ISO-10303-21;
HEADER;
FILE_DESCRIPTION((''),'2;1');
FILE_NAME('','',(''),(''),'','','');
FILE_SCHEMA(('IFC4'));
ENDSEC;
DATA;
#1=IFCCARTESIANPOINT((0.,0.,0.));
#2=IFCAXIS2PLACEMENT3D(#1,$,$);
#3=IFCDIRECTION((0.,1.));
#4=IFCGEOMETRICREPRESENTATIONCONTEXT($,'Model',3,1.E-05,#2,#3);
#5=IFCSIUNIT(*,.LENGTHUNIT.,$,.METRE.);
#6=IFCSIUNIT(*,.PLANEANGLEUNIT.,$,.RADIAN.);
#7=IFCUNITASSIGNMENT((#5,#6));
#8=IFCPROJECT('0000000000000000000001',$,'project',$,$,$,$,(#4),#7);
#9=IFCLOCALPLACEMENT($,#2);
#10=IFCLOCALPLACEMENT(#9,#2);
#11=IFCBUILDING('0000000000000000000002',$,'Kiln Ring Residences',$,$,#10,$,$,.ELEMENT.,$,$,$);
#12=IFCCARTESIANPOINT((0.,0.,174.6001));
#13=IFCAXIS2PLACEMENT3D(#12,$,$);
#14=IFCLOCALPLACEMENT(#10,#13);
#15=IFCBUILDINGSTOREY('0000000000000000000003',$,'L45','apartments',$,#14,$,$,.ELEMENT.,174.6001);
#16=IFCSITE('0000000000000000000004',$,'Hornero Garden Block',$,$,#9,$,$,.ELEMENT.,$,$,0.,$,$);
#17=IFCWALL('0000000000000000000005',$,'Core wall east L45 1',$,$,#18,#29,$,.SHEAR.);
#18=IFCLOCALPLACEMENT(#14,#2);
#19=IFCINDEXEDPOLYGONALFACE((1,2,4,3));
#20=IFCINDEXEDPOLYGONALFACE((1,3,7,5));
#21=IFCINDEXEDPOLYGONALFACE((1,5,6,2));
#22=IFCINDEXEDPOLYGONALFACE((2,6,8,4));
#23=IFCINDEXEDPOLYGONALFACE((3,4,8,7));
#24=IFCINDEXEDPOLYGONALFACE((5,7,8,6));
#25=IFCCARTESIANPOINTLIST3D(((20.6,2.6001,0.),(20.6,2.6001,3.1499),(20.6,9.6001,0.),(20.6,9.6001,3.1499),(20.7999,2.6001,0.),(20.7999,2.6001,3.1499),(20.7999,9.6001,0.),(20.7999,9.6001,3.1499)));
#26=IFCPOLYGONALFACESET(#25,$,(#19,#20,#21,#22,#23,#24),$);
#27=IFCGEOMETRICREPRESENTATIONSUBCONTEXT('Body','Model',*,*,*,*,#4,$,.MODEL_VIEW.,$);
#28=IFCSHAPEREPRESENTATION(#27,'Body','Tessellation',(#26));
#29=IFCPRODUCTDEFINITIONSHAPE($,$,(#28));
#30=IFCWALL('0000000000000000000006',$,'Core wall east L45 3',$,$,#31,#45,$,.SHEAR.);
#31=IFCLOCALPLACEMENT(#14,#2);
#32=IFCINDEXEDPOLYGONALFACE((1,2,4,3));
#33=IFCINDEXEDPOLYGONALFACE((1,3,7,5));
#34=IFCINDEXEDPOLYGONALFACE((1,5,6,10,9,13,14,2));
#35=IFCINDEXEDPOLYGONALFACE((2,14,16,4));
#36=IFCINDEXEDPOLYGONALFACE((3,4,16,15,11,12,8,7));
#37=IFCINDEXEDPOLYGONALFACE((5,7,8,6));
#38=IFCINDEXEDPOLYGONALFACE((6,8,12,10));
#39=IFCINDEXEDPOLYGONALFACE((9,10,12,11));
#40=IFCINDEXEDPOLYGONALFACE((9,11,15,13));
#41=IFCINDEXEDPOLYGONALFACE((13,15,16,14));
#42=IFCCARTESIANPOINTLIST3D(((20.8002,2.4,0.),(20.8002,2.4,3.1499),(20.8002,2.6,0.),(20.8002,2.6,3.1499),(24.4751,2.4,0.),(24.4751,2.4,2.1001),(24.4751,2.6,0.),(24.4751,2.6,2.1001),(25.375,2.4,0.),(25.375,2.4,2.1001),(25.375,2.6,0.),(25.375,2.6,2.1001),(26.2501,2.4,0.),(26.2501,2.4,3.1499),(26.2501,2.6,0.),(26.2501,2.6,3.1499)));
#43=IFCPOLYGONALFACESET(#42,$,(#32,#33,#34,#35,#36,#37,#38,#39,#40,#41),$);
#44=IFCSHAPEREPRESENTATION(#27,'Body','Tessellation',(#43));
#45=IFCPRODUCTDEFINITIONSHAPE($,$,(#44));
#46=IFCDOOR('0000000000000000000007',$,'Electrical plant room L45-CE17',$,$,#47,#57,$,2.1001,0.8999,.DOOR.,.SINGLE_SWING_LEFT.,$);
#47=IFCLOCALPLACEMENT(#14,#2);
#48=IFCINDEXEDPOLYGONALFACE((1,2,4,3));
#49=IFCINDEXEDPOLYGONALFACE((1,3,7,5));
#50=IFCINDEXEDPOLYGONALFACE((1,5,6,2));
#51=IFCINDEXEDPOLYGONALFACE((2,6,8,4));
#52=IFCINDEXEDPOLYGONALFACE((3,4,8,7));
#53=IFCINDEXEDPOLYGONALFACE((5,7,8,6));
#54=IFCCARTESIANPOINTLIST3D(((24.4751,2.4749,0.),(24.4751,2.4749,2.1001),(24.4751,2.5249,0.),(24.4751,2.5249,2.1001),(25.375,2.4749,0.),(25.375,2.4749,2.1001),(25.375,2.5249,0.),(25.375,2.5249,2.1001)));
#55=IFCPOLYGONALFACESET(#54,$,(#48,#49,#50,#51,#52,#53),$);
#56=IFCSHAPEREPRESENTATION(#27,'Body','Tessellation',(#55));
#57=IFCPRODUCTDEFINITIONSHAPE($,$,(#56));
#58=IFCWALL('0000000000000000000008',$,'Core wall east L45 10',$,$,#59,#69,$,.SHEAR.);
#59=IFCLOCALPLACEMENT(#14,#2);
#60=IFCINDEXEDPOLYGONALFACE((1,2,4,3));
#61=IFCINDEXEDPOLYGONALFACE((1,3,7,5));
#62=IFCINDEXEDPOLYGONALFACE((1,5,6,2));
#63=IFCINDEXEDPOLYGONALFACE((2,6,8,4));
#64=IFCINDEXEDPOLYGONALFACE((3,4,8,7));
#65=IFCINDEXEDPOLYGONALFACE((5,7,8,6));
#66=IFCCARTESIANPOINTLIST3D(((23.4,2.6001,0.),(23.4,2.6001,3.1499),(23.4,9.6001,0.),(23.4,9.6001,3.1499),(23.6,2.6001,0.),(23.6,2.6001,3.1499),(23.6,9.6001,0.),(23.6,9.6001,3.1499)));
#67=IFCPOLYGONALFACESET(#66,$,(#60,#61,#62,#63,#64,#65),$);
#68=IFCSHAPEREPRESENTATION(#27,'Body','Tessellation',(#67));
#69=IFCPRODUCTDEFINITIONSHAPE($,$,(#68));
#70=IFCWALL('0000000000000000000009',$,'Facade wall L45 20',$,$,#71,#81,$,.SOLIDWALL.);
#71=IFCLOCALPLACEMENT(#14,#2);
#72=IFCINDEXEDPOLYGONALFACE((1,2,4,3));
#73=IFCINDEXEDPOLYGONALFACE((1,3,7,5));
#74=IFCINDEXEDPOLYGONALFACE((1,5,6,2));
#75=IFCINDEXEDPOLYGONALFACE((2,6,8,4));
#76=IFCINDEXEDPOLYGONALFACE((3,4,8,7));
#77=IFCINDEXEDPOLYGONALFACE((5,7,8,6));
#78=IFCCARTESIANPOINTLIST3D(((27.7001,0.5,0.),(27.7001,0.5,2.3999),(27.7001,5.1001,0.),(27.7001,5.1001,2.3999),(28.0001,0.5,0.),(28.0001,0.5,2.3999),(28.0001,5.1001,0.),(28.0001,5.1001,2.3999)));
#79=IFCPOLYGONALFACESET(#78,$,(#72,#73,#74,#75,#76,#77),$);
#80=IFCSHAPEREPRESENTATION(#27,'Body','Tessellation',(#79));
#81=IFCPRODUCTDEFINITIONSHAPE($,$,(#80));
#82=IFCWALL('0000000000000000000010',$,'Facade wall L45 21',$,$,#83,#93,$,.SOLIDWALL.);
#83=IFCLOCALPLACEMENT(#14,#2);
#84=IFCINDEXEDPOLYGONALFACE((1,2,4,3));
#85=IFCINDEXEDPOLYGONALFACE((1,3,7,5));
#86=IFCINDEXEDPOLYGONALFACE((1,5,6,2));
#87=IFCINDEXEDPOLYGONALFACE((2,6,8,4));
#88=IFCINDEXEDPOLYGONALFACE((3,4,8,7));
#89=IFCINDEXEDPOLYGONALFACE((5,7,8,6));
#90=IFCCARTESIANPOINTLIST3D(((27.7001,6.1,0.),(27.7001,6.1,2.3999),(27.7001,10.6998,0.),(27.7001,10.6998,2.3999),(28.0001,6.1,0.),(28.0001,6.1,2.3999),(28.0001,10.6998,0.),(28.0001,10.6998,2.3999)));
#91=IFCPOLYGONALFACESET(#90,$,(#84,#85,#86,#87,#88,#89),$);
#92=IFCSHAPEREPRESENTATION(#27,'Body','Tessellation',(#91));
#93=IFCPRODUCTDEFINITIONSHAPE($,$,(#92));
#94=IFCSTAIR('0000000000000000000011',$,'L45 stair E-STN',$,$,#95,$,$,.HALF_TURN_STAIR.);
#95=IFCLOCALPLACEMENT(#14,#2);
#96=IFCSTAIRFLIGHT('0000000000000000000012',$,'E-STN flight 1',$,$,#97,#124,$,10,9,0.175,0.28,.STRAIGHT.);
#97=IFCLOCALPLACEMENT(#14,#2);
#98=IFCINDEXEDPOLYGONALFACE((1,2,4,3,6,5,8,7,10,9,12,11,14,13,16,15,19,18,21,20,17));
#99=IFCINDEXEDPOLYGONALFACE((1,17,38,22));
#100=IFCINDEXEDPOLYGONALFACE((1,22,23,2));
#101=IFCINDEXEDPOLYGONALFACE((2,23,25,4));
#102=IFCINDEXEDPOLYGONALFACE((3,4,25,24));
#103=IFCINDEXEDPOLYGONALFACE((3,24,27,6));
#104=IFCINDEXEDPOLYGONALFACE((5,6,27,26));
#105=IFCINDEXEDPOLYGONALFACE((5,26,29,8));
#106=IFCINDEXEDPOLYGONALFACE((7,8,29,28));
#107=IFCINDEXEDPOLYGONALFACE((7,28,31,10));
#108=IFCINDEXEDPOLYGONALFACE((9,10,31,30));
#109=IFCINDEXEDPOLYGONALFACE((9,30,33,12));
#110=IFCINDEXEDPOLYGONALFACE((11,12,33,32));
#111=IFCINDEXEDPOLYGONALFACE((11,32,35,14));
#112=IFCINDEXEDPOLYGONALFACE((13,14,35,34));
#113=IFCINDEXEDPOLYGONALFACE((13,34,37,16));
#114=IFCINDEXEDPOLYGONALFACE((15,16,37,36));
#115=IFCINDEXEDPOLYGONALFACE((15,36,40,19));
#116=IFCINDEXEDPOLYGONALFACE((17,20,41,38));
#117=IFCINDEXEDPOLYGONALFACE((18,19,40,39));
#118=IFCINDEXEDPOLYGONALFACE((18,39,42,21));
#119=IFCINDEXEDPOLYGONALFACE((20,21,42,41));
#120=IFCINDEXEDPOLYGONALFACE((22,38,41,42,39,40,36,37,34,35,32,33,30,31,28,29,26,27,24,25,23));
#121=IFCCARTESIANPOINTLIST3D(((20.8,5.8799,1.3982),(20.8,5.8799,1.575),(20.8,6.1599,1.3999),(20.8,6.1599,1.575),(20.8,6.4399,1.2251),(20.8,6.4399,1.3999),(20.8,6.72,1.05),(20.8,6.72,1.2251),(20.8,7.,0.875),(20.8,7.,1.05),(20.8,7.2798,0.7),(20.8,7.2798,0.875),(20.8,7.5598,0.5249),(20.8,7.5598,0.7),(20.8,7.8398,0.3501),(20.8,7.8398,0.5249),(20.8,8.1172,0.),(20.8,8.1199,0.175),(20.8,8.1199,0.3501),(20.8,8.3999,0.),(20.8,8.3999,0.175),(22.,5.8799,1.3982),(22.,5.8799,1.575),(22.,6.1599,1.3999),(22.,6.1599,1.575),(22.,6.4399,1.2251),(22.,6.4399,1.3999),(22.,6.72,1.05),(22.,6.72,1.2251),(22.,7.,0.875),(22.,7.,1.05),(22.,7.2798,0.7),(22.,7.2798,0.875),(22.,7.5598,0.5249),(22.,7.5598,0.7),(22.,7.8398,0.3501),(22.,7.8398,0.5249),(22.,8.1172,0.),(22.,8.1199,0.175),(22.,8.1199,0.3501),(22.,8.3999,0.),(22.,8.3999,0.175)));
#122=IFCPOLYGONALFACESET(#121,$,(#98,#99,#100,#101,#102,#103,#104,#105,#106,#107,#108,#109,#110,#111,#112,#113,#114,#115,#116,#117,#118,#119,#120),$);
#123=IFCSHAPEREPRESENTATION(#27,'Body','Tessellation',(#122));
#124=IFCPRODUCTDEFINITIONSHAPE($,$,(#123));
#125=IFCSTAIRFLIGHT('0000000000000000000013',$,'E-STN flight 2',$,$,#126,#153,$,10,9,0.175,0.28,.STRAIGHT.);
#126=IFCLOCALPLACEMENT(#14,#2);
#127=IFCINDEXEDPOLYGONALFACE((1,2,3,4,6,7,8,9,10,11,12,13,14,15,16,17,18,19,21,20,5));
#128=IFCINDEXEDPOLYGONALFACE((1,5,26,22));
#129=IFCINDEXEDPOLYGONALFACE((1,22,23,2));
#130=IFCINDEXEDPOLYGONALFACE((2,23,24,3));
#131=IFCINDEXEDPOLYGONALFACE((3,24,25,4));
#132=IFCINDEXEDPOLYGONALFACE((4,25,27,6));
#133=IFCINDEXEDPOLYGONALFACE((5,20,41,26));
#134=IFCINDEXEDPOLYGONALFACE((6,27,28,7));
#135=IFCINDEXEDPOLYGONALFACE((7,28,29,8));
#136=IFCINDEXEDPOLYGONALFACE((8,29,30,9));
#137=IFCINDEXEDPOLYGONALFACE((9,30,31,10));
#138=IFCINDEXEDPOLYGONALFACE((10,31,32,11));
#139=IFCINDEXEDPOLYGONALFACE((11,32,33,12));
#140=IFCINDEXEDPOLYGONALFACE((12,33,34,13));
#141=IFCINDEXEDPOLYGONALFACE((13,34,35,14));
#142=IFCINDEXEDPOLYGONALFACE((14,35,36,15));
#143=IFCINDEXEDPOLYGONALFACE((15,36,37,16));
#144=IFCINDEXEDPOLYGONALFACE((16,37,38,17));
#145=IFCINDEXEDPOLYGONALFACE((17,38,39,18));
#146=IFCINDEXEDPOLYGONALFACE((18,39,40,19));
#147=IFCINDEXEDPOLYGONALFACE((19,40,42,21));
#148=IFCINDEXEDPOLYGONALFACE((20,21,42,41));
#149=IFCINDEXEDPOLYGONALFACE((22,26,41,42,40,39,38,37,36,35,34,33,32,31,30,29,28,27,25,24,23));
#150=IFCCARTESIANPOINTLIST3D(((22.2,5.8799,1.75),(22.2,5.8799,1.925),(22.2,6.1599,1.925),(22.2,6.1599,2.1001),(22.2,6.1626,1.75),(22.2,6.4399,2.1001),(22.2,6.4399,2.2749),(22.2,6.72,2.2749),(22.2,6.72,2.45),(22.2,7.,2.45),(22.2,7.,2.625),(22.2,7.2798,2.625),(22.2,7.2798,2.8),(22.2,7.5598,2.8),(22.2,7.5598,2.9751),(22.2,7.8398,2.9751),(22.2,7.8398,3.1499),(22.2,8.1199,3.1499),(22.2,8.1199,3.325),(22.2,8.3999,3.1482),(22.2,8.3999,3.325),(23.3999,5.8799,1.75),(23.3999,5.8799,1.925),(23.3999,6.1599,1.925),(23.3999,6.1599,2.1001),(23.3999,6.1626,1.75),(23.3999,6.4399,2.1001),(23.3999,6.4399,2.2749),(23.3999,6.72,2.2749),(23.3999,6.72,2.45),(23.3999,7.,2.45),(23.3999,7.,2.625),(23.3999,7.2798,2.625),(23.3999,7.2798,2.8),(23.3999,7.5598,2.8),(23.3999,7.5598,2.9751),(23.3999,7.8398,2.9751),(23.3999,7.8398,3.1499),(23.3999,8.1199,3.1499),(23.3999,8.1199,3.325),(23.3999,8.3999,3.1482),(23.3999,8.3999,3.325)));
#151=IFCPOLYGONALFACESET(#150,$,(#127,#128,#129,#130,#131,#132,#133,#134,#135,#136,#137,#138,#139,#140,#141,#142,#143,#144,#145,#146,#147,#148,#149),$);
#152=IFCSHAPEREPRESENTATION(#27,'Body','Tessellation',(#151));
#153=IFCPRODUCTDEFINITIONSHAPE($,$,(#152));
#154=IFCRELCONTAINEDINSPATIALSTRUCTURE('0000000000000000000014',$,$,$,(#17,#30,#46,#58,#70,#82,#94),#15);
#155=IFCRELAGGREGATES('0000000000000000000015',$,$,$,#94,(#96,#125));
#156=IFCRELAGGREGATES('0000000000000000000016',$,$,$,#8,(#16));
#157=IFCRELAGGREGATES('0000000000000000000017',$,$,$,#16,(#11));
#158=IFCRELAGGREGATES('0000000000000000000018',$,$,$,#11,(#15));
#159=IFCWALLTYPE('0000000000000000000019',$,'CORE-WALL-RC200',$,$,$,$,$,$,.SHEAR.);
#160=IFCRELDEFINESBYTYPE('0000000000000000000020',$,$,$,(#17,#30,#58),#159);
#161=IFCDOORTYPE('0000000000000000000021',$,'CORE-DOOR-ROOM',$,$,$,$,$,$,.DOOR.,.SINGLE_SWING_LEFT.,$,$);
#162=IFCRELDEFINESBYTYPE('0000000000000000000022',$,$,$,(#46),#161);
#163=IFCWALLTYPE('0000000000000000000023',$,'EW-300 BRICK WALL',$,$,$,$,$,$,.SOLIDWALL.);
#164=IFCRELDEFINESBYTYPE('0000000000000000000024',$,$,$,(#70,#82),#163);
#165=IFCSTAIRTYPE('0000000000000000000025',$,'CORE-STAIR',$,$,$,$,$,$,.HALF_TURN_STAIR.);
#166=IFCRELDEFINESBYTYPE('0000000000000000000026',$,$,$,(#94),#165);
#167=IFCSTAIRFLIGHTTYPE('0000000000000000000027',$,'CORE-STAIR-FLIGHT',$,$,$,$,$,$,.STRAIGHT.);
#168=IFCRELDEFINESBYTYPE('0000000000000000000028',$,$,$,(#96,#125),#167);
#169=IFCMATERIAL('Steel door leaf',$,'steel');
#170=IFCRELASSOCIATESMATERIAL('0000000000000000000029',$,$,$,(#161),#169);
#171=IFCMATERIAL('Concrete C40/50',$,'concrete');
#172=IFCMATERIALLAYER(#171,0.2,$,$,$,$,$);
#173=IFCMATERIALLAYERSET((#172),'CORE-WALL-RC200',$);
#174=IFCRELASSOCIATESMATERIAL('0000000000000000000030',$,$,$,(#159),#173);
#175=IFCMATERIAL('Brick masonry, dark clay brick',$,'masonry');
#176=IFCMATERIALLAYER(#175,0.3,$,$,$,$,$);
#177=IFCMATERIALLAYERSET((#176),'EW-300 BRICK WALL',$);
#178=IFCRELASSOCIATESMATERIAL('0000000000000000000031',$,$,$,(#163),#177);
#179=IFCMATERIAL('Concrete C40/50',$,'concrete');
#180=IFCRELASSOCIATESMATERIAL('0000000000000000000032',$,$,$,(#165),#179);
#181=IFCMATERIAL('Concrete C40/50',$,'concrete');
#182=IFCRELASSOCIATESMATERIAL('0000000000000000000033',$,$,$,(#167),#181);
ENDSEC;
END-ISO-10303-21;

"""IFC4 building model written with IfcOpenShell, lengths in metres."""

from ifc_helpers import new_model, si_unit, direction, frame, frame_2d, origin, place, context, subcontext, project, spatial, polyline, rectangle, outline, extrude, material, layer, layer_set, type_object, element, fill, aggregate, save


model = new_model("IFC4")

# Units and contexts
model_context = context("Model", 3, precision=1e-05, world=origin(), true_north=direction((0.0, 1.0)))
body_context = subcontext(model_context, "Body", "Model", "MODEL_VIEW")
ifc_project = project(units=[si_unit("LENGTHUNIT", "METRE"), si_unit("PLANEANGLEUNIT", "RADIAN")], contexts=[model_context])

# Site, building, storey
site_placement = place(None, origin())
site = spatial("IfcSite", under=ifc_project, at=site_placement, Name="Hornero Garden Block", CompositionType="ELEMENT", RefElevation=0.0)
building_placement = place(site_placement, origin())
building = spatial("IfcBuilding", under=site, at=building_placement, Name="Kiln Ring Residences", CompositionType="ELEMENT")
storey_placement = place(building_placement, frame((0.0, 0.0, 174.6001)))
storey = spatial("IfcBuildingStorey", under=building, at=storey_placement, Name="L45", Description="apartments", CompositionType="ELEMENT", Elevation=174.6001)

# Shared definitions
ifc_material_1 = material(Name="Steel door leaf", Category="steel")
door_type = type_object("IfcDoorType", Name="CORE-DOOR-ROOM", OperationType="SINGLE_SWING_LEFT", PredefinedType="DOOR", material=ifc_material_1)

# Wall
ifc_material_2 = material(Name="Concrete C40/50", Category="concrete")
ifc_layer_1 = layer(ifc_material_2, 0.2)
ifc_layer_set_1 = layer_set([ifc_layer_1], Name="CORE-WALL-RC200")
wall_type_1 = type_object("IfcWallType", Name="CORE-WALL-RC200", PredefinedType="SHEAR", material=ifc_layer_set_1)
wall_1_placement = place(storey_placement, frame((20.7, 2.6001, 0.0), z_axis=(0.0, 0.0, 1.0), x_axis=(0.0, 1.0, 0.0)))
element("IfcWall", 1, at=wall_1_placement, inside=storey, type_object=wall_type_1, Name="Core wall east L45 1", PredefinedType="SHEAR", context=body_context, shape_type="SweptSolid", body=[
    extrude(rectangle(XDim=7.0, YDim=0.2, at=frame_2d((3.5, 0.0))), origin(), (0.0, 0.0, 1.0), 3.1499),
])

# Wall, opening, door
wall_2_placement = place(storey_placement, frame((20.8, 2.5, 0.0), z_axis=(0.0, 0.0, 1.0), x_axis=(1.0, 0.0, 0.0)))
wall_2 = element("IfcWall", 2, at=wall_2_placement, inside=storey, type_object=wall_type_1, Name="Core wall east L45 3", PredefinedType="SHEAR", context=body_context, shape_type="SweptSolid", body=[
    extrude(rectangle(XDim=5.45, YDim=0.2, at=frame_2d((2.7251, 0.0))), origin(), (0.0, 0.0, 1.0), 3.1499),
])
opening_1_placement = place(wall_2_placement, frame((3.675, 0.0, 0.0)))
opening_1 = element("IfcOpeningElement", 3, at=opening_1_placement, cuts=wall_2, PredefinedType="OPENING", context=body_context, shape_type="SweptSolid", body=[
    extrude(rectangle(XDim=0.8999, YDim=2.1001, at=frame_2d((0.45, 1.05))), frame((0.0, 0.1099, 0.0), z_axis=(0.0, -1.0, 0.0), x_axis=(1.0, 0.0, 0.0)), (0.0, 0.0, 1.0), 0.22),
])
door_1_placement = place(opening_1_placement, origin())
door_1 = element("IfcDoor", 4, at=door_1_placement, inside=storey, type_object=door_type, Name="Electrical plant room L45-CE17", OperationType="SINGLE_SWING_LEFT", OverallHeight=2.1001, OverallWidth=0.8999, PredefinedType="DOOR", context=body_context, shape_type="SweptSolid", body=[
    extrude(rectangle(XDim=0.8999, YDim=2.1001, at=frame_2d((0.45, 1.05))), frame((0.0, 0.0249, 0.0), z_axis=(0.0, -1.0, 0.0), x_axis=(1.0, 0.0, 0.0)), (0.0, 0.0, 1.0), 0.05),
])
fill(opening_1, door_1)

# Walls
wall_3_placement = place(storey_placement, frame((23.5, 2.6001, 0.0), z_axis=(0.0, 0.0, 1.0), x_axis=(0.0, 1.0, 0.0)))
element("IfcWall", 5, at=wall_3_placement, inside=storey, type_object=wall_type_1, Name="Core wall east L45 10", PredefinedType="SHEAR", context=body_context, shape_type="SweptSolid", body=[
    extrude(rectangle(XDim=7.0, YDim=0.2, at=frame_2d((3.5, 0.0))), origin(), (0.0, 0.0, 1.0), 3.1499),
])
ifc_material_3 = material(Name="Brick masonry, dark clay brick", Category="masonry")
ifc_layer_2 = layer(ifc_material_3, 0.3)
ifc_layer_set_2 = layer_set([ifc_layer_2], Name="EW-300 BRICK WALL")
wall_type_2 = type_object("IfcWallType", Name="EW-300 BRICK WALL", PredefinedType="SOLIDWALL", material=ifc_layer_set_2)
wall_4_placement = place(storey_placement, frame((27.8501, 0.5, 0.0), z_axis=(0.0, 0.0, 1.0), x_axis=(0.0, 1.0, 0.0)))
element("IfcWall", 6, at=wall_4_placement, inside=storey, type_object=wall_type_2, Name="Facade wall L45 20", PredefinedType="SOLIDWALL", context=body_context, shape_type="SweptSolid", body=[
    extrude(rectangle(XDim=4.6001, YDim=0.3, at=frame_2d((2.3, 0.0))), origin(), (0.0, 0.0, 1.0), 2.3999),
])
wall_5_placement = place(storey_placement, frame((27.8501, 6.1001, 0.0), z_axis=(0.0, 0.0, 1.0), x_axis=(0.0, 1.0, 0.0)))
element("IfcWall", 7, at=wall_5_placement, inside=storey, type_object=wall_type_2, Name="Facade wall L45 21", PredefinedType="SOLIDWALL", context=body_context, shape_type="SweptSolid", body=[
    extrude(rectangle(XDim=4.5999, YDim=0.3, at=frame_2d((2.2998, 0.0))), origin(), (0.0, 0.0, 1.0), 2.3999),
])

# Stair, stair flights
ifc_material_4 = material(Name="Concrete C40/50", Category="concrete")
stair_type = type_object("IfcStairType", Name="CORE-STAIR", PredefinedType="HALF_TURN_STAIR", material=ifc_material_4)
stair_placement = place(storey_placement, origin())
stair = element("IfcStair", 8, at=stair_placement, inside=storey, type_object=stair_type, Name="L45 stair E-STN", PredefinedType="HALF_TURN_STAIR")
ifc_material_5 = material(Name="Concrete C40/50", Category="concrete")
stair_flight_type = type_object("IfcStairFlightType", Name="CORE-STAIR-FLIGHT", PredefinedType="STRAIGHT", material=ifc_material_5)
stair_flight_1_placement = place(storey_placement, frame((21.3999, 8.3999, 0.0), z_axis=(0.0, 0.0, 1.0), x_axis=(0.0, -1.0, 0.0)))
stair_flight_1 = element("IfcStairFlight", 9, at=stair_flight_1_placement, type_object=stair_flight_type, Name="E-STN flight 1", NumberOfRisers=10, NumberOfTreads=9, PredefinedType="STRAIGHT", RiserHeight=0.175, TreadLength=0.28, context=body_context, shape_type="SweptSolid", body=[
    extrude(outline(polyline([(0.0, 0.0), (0.0, 0.175), (0.28, 0.175), (0.28, 0.3501), (0.5601, 0.3501), (0.5601, 0.5249), (0.8401, 0.5249), (0.8401, 0.7), (1.1201, 0.7), (1.1201, 0.875), (1.3999, 0.875), (1.3999, 1.05), (1.6799, 1.05), (1.6799, 1.2251), (1.96, 1.2251), (1.96, 1.3999), (2.24, 1.3999), (2.24, 1.575), (2.52, 1.575), (2.52, 1.75), (2.52, 1.3982), (0.2827, 0.0), (0.0, 0.0)])), frame((0.0, 0.6001, 0.0), z_axis=(0.0, -1.0, 0.0), x_axis=(1.0, 0.0, 0.0)), (0.0, 0.0, 1.0), 1.2),
])
stair_flight_2_placement = place(storey_placement, frame((22.8, 5.8799, 1.75), z_axis=(0.0, 0.0, 1.0), x_axis=(0.0, 1.0, 0.0)))
stair_flight_2 = element("IfcStairFlight", 10, at=stair_flight_2_placement, type_object=stair_flight_type, Name="E-STN flight 2", NumberOfRisers=10, NumberOfTreads=9, PredefinedType="STRAIGHT", RiserHeight=0.175, TreadLength=0.28, context=body_context, shape_type="SweptSolid", body=[
    extrude(outline(polyline([(0.0, 0.0), (0.0, 0.175), (0.28, 0.175), (0.28, 0.3501), (0.5601, 0.3501), (0.5601, 0.5249), (0.8401, 0.5249), (0.8401, 0.7), (1.1201, 0.7), (1.1201, 0.875), (1.3999, 0.875), (1.3999, 1.05), (1.6799, 1.05), (1.6799, 1.2251), (1.96, 1.2251), (1.96, 1.3999), (2.24, 1.3999), (2.24, 1.575), (2.52, 1.575), (2.52, 1.75), (2.52, 1.3982), (0.2827, 0.0), (0.0, 0.0)])), frame((0.0, 0.6001, 0.0), z_axis=(0.0, -1.0, 0.0), x_axis=(1.0, 0.0, 0.0)), (0.0, 0.0, 1.0), 1.2),
])
aggregate(stair, [stair_flight_1, stair_flight_2])

save(model, "model.ifc")
